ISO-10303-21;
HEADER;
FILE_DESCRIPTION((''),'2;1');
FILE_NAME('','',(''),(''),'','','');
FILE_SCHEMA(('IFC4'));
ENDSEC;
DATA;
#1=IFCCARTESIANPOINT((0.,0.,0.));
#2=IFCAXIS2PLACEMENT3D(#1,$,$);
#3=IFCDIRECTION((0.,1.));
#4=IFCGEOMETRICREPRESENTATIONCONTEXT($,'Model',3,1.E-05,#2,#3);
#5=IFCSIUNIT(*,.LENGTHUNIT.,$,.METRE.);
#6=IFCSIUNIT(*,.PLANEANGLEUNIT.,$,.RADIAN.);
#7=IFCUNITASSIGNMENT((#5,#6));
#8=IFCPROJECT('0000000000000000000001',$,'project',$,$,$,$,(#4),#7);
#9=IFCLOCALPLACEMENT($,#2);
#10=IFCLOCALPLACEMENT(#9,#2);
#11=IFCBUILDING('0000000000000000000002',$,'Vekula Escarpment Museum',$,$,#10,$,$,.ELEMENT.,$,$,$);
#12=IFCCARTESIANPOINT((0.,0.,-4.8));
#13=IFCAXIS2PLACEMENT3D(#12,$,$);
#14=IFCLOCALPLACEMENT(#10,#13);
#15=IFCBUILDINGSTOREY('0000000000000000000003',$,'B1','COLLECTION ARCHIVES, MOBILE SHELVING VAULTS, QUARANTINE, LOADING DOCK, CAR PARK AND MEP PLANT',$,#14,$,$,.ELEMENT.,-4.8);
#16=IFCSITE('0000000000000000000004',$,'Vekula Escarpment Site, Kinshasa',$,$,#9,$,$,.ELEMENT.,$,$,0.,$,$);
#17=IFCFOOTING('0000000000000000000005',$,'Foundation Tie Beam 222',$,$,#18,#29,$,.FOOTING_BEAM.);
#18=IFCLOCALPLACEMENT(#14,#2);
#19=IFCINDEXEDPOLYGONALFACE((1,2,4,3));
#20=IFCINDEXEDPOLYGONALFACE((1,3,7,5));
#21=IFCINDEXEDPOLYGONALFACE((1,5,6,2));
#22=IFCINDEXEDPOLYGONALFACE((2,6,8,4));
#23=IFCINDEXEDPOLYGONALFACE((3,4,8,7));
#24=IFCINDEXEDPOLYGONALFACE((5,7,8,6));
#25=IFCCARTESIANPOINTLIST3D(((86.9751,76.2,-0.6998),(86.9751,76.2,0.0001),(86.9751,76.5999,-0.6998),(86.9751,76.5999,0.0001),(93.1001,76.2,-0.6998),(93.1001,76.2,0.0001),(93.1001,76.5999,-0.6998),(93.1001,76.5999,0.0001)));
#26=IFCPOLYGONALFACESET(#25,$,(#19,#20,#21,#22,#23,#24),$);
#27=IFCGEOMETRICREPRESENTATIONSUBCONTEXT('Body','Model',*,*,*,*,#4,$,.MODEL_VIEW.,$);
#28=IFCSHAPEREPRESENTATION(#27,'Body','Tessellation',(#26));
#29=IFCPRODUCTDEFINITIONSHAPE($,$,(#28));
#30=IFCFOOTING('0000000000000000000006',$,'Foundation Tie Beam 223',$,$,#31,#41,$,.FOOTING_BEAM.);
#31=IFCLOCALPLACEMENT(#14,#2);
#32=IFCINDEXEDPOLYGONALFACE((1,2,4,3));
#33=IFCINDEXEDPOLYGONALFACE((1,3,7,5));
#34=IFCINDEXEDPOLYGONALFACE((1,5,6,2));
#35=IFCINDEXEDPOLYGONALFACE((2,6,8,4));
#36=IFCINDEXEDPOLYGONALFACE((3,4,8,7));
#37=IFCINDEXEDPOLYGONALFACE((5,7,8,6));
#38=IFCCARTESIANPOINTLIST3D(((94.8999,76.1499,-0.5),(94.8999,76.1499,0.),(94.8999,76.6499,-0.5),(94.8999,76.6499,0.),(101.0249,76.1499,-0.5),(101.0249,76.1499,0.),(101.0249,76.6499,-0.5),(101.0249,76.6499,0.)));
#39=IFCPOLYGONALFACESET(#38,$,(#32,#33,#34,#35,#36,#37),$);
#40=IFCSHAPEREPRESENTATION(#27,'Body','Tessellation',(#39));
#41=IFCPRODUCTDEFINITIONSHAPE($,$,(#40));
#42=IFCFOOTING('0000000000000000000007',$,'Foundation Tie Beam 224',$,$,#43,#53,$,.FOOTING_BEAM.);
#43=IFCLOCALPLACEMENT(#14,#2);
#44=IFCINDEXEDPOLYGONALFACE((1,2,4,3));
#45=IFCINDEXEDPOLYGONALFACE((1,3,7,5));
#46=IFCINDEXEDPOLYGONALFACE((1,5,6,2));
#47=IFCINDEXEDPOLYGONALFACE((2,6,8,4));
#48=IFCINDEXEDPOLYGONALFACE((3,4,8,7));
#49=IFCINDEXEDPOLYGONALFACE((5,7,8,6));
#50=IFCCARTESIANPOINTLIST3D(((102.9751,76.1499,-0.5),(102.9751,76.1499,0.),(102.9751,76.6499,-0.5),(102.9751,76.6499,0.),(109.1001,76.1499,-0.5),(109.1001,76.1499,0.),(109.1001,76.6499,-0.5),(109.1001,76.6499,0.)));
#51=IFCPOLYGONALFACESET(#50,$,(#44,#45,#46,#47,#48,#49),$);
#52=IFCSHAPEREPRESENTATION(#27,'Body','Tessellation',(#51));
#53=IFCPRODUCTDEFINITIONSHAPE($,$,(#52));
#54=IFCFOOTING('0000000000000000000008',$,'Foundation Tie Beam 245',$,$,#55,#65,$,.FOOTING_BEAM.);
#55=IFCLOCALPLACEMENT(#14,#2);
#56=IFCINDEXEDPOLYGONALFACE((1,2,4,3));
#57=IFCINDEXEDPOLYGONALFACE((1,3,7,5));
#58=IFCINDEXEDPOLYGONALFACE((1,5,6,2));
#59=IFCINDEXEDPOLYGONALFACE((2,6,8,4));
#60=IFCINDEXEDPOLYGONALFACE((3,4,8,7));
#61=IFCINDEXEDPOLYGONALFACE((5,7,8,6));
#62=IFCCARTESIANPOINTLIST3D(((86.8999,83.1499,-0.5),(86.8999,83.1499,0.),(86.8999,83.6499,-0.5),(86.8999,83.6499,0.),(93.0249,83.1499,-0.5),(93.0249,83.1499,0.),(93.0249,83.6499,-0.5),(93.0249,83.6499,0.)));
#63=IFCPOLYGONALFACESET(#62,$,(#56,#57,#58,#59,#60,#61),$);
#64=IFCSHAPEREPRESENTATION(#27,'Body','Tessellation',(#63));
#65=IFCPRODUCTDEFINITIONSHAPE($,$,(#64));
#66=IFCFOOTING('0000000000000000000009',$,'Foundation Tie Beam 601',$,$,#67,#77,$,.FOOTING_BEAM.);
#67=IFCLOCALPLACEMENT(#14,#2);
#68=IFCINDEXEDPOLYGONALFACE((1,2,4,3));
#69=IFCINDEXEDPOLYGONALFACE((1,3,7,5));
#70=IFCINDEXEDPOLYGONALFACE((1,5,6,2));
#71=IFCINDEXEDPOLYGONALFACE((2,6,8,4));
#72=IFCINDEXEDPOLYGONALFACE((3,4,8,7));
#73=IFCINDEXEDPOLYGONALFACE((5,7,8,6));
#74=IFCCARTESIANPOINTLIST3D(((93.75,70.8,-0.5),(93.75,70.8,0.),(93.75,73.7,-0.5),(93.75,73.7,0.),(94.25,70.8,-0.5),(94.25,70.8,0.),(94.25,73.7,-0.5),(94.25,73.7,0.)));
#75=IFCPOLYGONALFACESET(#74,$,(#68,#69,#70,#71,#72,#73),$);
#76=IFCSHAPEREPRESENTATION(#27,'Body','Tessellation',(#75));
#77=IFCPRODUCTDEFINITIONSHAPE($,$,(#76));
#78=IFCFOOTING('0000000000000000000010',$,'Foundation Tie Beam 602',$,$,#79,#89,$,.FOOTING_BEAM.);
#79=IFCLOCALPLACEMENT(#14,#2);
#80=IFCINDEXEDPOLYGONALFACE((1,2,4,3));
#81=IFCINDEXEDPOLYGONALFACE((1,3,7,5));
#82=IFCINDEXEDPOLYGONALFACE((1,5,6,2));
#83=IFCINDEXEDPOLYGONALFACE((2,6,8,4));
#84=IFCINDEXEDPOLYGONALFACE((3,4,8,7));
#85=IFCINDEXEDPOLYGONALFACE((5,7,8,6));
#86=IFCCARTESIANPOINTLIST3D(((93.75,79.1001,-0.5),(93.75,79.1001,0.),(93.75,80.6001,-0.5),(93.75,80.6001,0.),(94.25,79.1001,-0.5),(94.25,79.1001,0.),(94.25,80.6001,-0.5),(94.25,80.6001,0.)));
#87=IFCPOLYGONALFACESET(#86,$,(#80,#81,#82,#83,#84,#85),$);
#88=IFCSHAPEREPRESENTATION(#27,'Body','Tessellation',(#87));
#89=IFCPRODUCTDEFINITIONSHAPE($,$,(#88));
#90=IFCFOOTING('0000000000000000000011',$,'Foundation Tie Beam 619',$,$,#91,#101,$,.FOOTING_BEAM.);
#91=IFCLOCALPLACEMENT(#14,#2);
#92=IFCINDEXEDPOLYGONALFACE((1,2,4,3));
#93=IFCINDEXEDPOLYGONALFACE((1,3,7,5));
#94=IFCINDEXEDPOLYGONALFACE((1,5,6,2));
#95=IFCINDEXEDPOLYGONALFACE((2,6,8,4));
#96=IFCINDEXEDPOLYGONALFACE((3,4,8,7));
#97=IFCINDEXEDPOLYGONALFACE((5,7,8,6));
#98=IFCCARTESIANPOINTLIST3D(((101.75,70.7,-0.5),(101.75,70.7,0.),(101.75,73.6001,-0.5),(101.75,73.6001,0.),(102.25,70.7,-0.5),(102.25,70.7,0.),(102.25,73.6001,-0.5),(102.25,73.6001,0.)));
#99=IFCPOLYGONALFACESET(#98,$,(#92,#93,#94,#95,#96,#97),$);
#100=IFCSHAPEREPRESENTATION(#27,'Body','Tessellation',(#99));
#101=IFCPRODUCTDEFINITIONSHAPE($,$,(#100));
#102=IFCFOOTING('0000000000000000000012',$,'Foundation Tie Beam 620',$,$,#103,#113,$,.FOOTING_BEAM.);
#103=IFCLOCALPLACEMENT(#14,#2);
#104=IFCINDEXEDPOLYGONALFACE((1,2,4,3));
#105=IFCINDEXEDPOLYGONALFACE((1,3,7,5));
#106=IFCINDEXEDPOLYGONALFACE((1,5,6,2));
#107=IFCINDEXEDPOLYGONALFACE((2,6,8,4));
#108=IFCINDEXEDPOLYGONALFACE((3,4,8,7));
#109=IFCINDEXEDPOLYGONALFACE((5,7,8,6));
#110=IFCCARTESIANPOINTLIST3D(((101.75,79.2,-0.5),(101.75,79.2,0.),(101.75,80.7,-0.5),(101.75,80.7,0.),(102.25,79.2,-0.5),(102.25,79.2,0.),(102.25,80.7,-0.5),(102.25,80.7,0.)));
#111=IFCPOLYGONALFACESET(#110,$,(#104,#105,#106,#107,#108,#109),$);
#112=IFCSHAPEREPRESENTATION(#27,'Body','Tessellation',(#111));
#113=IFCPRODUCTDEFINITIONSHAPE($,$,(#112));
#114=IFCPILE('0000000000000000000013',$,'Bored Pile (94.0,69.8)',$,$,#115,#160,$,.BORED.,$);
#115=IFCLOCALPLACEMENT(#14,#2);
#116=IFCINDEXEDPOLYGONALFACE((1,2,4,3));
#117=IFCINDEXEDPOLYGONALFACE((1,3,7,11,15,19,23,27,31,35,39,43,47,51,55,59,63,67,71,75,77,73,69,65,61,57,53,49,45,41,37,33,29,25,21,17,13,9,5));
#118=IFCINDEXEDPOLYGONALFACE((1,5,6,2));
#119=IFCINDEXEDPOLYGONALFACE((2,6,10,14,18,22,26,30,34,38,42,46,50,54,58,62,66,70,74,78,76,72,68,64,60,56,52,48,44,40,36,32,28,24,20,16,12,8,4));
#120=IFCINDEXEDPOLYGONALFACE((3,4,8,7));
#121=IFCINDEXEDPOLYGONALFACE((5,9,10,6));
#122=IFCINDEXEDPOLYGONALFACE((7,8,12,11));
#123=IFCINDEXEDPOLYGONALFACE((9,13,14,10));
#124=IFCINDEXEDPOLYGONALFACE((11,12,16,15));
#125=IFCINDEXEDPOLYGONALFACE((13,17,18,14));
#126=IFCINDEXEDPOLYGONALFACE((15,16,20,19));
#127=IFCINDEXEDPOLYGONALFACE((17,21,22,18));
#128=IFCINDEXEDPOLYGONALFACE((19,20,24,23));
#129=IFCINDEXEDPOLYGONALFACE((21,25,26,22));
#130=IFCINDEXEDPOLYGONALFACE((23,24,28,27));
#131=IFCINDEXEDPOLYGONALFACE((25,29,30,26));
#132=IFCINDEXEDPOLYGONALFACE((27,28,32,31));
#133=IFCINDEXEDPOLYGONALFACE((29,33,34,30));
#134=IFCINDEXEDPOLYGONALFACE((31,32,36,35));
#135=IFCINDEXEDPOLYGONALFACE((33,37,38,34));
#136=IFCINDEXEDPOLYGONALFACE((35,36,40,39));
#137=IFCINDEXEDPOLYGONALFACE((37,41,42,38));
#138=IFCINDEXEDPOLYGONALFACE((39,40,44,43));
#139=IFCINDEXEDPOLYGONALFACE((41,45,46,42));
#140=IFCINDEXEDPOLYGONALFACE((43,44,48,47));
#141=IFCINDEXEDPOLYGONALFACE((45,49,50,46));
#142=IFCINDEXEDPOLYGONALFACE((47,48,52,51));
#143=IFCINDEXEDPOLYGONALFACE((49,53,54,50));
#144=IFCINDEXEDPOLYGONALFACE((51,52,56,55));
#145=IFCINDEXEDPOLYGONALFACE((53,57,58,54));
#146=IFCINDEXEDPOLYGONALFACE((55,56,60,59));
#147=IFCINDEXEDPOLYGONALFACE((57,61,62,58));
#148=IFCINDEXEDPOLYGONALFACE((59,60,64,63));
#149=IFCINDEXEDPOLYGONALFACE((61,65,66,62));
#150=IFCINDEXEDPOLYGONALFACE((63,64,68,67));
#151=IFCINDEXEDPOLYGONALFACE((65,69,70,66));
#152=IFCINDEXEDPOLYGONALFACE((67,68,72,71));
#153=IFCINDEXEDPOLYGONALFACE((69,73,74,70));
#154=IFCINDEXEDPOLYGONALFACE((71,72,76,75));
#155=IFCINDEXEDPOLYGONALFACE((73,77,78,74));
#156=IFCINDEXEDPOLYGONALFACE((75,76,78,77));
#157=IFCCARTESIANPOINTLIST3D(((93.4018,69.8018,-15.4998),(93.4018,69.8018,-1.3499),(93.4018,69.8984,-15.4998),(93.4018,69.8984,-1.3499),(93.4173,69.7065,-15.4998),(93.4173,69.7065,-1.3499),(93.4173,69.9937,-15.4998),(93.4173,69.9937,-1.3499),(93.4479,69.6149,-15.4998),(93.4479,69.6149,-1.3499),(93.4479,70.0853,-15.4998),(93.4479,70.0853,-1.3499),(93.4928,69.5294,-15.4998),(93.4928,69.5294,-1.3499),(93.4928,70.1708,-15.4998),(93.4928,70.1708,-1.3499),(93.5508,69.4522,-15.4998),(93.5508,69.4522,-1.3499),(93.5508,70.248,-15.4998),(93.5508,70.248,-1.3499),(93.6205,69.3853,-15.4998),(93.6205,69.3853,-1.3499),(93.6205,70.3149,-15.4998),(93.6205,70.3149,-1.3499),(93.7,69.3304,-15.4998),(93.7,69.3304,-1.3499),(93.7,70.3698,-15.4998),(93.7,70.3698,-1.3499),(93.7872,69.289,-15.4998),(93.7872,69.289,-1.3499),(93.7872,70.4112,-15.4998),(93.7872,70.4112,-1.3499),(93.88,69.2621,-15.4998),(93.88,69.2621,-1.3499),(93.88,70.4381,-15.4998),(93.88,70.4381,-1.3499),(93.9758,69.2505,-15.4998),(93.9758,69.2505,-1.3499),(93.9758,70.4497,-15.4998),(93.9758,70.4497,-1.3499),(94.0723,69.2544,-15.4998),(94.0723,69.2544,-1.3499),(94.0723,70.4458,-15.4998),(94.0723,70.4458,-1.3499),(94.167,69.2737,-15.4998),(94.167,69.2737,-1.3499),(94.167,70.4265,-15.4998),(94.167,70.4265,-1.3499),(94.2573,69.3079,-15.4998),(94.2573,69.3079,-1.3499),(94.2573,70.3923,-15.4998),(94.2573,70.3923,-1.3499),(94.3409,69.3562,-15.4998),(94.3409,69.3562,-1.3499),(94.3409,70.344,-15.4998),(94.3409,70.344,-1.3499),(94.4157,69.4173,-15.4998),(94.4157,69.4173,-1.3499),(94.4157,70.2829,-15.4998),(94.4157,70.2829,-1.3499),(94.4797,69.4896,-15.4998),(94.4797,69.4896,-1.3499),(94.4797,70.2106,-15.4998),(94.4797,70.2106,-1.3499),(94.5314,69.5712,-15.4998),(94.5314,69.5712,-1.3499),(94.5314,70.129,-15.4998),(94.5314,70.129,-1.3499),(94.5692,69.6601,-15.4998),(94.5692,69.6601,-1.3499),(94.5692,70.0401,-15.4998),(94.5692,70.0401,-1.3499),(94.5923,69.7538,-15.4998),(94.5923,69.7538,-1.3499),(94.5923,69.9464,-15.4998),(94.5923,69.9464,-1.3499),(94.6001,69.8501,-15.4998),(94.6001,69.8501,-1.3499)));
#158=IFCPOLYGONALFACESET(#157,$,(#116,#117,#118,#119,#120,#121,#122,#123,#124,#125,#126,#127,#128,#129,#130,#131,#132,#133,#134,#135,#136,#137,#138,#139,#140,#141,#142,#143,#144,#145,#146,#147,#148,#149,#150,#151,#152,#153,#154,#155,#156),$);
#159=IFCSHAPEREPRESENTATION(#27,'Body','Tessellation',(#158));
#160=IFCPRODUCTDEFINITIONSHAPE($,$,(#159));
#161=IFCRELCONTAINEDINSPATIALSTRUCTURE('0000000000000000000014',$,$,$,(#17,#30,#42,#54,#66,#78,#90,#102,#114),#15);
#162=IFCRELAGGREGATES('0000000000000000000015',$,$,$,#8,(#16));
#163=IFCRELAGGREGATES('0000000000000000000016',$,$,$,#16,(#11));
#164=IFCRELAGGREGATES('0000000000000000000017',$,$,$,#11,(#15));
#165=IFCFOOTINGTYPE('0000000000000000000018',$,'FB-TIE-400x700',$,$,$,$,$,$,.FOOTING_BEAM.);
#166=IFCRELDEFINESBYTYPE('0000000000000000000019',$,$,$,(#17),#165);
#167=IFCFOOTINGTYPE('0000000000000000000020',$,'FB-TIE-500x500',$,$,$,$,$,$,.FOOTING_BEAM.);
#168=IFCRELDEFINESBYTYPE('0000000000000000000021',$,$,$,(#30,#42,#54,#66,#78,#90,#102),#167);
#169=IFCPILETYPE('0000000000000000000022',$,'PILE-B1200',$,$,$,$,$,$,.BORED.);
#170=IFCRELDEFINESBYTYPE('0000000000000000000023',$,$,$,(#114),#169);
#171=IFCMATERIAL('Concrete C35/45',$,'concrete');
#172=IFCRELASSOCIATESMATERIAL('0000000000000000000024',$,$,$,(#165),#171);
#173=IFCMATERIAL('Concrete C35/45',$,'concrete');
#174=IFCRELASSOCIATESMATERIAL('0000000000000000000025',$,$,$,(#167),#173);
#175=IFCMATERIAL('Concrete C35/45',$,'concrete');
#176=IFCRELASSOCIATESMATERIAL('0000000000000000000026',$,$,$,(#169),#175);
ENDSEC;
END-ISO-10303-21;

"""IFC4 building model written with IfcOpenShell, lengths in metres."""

from ifc_helpers import new_model, si_unit, direction, frame, origin, origin_2d, place, context, subcontext, project, spatial, rectangle, circle, extrude, material, material_profile, profile_set, type_object, element, save


model = new_model("IFC4")

# Units and contexts
model_context = context("Model", 3, precision=1e-05, world=origin(), true_north=direction((0.0, 1.0)))
body_context = subcontext(model_context, "Body", "Model", "MODEL_VIEW")
ifc_project = project(units=[si_unit("LENGTHUNIT", "METRE"), si_unit("PLANEANGLEUNIT", "RADIAN")], contexts=[model_context])

# Site, building, storey
site_placement = place(None, origin())
site = spatial("IfcSite", under=ifc_project, at=site_placement, Name="Vekula Escarpment Site, Kinshasa", CompositionType="ELEMENT", RefElevation=0.0)
building_placement = place(site_placement, origin())
building = spatial("IfcBuilding", under=site, at=building_placement, Name="Vekula Escarpment Museum", CompositionType="ELEMENT")
storey_placement = place(building_placement, frame((0.0, 0.0, -4.8)))
storey = spatial("IfcBuildingStorey", under=building, at=storey_placement, Name="B1", Description="COLLECTION ARCHIVES, MOBILE SHELVING VAULTS, QUARANTINE, LOADING DOCK, CAR PARK AND MEP PLANT", CompositionType="ELEMENT", Elevation=-4.8)

# Footings
ifc_material_1 = material(Name="Concrete C35/45", Category="concrete")
ifc_material_profile_1 = material_profile(ifc_material_1, rectangle(XDim=0.3999, YDim=0.7, at=origin_2d()), Name="RC 400x700")
ifc_profile_set_1 = profile_set([ifc_material_profile_1], Name="Concrete C35/45")
footing_type_1 = type_object("IfcFootingType", Name="FB-TIE-400x700", PredefinedType="FOOTING_BEAM", material=ifc_profile_set_1)
footing_1_placement = place(storey_placement, frame((86.9751, 76.3999, -0.3499), z_axis=(1.0, 0.0, 0.0), x_axis=(0.0, 1.0, 0.0)))
element("IfcFooting", 1, at=footing_1_placement, inside=storey, type_object=footing_type_1, Name="Foundation Tie Beam 222", PredefinedType="FOOTING_BEAM", context=body_context, shape_type="SweptSolid", body=[
    extrude(rectangle(XDim=0.3999, YDim=0.7, at=origin_2d()), origin(), (0.0, 0.0, 1.0), 6.125),
])
ifc_material_2 = material(Name="Concrete C35/45", Category="concrete")
ifc_material_profile_2 = material_profile(ifc_material_2, rectangle(XDim=0.5, YDim=0.5, at=origin_2d()), Name="RC 500x500")
ifc_profile_set_2 = profile_set([ifc_material_profile_2], Name="Concrete C35/45")
footing_type_2 = type_object("IfcFootingType", Name="FB-TIE-500x500", PredefinedType="FOOTING_BEAM", material=ifc_profile_set_2)
for number, where, z_axis, x_axis, name in (
    (2, (94.8999, 76.3999, -0.25), (1.0, 0.0, 0.0), (0.0, 1.0, 0.0), "Foundation Tie Beam 223"),
    (3, (102.9751, 76.3999, -0.25), (1.0, 0.0, 0.0), (0.0, 1.0, 0.0), "Foundation Tie Beam 224"),
    (4, (86.8999, 83.3999, -0.25), (1.0, 0.0, 0.0), (0.0, 1.0, 0.0), "Foundation Tie Beam 245"),
):
    element("IfcFooting", number, at=place(storey_placement, frame(where, z_axis=z_axis, x_axis=x_axis)), inside=storey, type_object=footing_type_2, Name=name, PredefinedType="FOOTING_BEAM", context=body_context, shape_type="SweptSolid", body=[
        extrude(rectangle(XDim=0.5, YDim=0.5, at=origin_2d()), origin(), (0.0, 0.0, 1.0), 6.125),
    ])
footing_2_placement = place(storey_placement, frame((94.0, 70.8, -0.25), z_axis=(0.0, 1.0, 0.0), x_axis=(-1.0, 0.0, 0.0)))
element("IfcFooting", 5, at=footing_2_placement, inside=storey, type_object=footing_type_2, Name="Foundation Tie Beam 601", PredefinedType="FOOTING_BEAM", context=body_context, shape_type="SweptSolid", body=[
    extrude(rectangle(XDim=0.5, YDim=0.5, at=origin_2d()), origin(), (0.0, 0.0, 1.0), 2.8999),
])
footing_3_placement = place(storey_placement, frame((94.0, 79.1001, -0.25), z_axis=(0.0, 1.0, 0.0), x_axis=(-1.0, 0.0, 0.0)))
element("IfcFooting", 6, at=footing_3_placement, inside=storey, type_object=footing_type_2, Name="Foundation Tie Beam 602", PredefinedType="FOOTING_BEAM", context=body_context, shape_type="SweptSolid", body=[
    extrude(rectangle(XDim=0.5, YDim=0.5, at=origin_2d()), origin(), (0.0, 0.0, 1.0), 1.5),
])
footing_4_placement = place(storey_placement, frame((102.0, 70.7, -0.25), z_axis=(0.0, 1.0, 0.0), x_axis=(-1.0, 0.0, 0.0)))
element("IfcFooting", 7, at=footing_4_placement, inside=storey, type_object=footing_type_2, Name="Foundation Tie Beam 619", PredefinedType="FOOTING_BEAM", context=body_context, shape_type="SweptSolid", body=[
    extrude(rectangle(XDim=0.5, YDim=0.5, at=origin_2d()), origin(), (0.0, 0.0, 1.0), 2.9001),
])
footing_5_placement = place(storey_placement, frame((102.0, 79.2, -0.25), z_axis=(0.0, 1.0, 0.0), x_axis=(-1.0, 0.0, 0.0)))
element("IfcFooting", 8, at=footing_5_placement, inside=storey, type_object=footing_type_2, Name="Foundation Tie Beam 620", PredefinedType="FOOTING_BEAM", context=body_context, shape_type="SweptSolid", body=[
    extrude(rectangle(XDim=0.5, YDim=0.5, at=origin_2d()), origin(), (0.0, 0.0, 1.0), 1.5),
])

# Pile
ifc_material_3 = material(Name="Concrete C35/45", Category="concrete")
ifc_material_profile_3 = material_profile(ifc_material_3, circle(Radius=0.6001, at=origin_2d()), Name="BORED PILE 1200")
ifc_profile_set_3 = profile_set([ifc_material_profile_3], Name="Concrete C35/45")
pile_type = type_object("IfcPileType", Name="PILE-B1200", PredefinedType="BORED", material=ifc_profile_set_3)
pile_1_placement = place(storey_placement, frame((94.0, 69.8501, -1.3499), z_axis=(0.0, 0.0, -1.0), x_axis=(1.0, 0.0, 0.0)))
element("IfcPile", 9, at=pile_1_placement, inside=storey, type_object=pile_type, Name="Bored Pile (94.0,69.8)", PredefinedType="BORED", context=body_context, shape_type="SweptSolid", body=[
    extrude(circle(Radius=0.6001, at=origin_2d()), origin(), (0.0, 0.0, 1.0), 14.1499),
])

save(model, "model.ifc")
